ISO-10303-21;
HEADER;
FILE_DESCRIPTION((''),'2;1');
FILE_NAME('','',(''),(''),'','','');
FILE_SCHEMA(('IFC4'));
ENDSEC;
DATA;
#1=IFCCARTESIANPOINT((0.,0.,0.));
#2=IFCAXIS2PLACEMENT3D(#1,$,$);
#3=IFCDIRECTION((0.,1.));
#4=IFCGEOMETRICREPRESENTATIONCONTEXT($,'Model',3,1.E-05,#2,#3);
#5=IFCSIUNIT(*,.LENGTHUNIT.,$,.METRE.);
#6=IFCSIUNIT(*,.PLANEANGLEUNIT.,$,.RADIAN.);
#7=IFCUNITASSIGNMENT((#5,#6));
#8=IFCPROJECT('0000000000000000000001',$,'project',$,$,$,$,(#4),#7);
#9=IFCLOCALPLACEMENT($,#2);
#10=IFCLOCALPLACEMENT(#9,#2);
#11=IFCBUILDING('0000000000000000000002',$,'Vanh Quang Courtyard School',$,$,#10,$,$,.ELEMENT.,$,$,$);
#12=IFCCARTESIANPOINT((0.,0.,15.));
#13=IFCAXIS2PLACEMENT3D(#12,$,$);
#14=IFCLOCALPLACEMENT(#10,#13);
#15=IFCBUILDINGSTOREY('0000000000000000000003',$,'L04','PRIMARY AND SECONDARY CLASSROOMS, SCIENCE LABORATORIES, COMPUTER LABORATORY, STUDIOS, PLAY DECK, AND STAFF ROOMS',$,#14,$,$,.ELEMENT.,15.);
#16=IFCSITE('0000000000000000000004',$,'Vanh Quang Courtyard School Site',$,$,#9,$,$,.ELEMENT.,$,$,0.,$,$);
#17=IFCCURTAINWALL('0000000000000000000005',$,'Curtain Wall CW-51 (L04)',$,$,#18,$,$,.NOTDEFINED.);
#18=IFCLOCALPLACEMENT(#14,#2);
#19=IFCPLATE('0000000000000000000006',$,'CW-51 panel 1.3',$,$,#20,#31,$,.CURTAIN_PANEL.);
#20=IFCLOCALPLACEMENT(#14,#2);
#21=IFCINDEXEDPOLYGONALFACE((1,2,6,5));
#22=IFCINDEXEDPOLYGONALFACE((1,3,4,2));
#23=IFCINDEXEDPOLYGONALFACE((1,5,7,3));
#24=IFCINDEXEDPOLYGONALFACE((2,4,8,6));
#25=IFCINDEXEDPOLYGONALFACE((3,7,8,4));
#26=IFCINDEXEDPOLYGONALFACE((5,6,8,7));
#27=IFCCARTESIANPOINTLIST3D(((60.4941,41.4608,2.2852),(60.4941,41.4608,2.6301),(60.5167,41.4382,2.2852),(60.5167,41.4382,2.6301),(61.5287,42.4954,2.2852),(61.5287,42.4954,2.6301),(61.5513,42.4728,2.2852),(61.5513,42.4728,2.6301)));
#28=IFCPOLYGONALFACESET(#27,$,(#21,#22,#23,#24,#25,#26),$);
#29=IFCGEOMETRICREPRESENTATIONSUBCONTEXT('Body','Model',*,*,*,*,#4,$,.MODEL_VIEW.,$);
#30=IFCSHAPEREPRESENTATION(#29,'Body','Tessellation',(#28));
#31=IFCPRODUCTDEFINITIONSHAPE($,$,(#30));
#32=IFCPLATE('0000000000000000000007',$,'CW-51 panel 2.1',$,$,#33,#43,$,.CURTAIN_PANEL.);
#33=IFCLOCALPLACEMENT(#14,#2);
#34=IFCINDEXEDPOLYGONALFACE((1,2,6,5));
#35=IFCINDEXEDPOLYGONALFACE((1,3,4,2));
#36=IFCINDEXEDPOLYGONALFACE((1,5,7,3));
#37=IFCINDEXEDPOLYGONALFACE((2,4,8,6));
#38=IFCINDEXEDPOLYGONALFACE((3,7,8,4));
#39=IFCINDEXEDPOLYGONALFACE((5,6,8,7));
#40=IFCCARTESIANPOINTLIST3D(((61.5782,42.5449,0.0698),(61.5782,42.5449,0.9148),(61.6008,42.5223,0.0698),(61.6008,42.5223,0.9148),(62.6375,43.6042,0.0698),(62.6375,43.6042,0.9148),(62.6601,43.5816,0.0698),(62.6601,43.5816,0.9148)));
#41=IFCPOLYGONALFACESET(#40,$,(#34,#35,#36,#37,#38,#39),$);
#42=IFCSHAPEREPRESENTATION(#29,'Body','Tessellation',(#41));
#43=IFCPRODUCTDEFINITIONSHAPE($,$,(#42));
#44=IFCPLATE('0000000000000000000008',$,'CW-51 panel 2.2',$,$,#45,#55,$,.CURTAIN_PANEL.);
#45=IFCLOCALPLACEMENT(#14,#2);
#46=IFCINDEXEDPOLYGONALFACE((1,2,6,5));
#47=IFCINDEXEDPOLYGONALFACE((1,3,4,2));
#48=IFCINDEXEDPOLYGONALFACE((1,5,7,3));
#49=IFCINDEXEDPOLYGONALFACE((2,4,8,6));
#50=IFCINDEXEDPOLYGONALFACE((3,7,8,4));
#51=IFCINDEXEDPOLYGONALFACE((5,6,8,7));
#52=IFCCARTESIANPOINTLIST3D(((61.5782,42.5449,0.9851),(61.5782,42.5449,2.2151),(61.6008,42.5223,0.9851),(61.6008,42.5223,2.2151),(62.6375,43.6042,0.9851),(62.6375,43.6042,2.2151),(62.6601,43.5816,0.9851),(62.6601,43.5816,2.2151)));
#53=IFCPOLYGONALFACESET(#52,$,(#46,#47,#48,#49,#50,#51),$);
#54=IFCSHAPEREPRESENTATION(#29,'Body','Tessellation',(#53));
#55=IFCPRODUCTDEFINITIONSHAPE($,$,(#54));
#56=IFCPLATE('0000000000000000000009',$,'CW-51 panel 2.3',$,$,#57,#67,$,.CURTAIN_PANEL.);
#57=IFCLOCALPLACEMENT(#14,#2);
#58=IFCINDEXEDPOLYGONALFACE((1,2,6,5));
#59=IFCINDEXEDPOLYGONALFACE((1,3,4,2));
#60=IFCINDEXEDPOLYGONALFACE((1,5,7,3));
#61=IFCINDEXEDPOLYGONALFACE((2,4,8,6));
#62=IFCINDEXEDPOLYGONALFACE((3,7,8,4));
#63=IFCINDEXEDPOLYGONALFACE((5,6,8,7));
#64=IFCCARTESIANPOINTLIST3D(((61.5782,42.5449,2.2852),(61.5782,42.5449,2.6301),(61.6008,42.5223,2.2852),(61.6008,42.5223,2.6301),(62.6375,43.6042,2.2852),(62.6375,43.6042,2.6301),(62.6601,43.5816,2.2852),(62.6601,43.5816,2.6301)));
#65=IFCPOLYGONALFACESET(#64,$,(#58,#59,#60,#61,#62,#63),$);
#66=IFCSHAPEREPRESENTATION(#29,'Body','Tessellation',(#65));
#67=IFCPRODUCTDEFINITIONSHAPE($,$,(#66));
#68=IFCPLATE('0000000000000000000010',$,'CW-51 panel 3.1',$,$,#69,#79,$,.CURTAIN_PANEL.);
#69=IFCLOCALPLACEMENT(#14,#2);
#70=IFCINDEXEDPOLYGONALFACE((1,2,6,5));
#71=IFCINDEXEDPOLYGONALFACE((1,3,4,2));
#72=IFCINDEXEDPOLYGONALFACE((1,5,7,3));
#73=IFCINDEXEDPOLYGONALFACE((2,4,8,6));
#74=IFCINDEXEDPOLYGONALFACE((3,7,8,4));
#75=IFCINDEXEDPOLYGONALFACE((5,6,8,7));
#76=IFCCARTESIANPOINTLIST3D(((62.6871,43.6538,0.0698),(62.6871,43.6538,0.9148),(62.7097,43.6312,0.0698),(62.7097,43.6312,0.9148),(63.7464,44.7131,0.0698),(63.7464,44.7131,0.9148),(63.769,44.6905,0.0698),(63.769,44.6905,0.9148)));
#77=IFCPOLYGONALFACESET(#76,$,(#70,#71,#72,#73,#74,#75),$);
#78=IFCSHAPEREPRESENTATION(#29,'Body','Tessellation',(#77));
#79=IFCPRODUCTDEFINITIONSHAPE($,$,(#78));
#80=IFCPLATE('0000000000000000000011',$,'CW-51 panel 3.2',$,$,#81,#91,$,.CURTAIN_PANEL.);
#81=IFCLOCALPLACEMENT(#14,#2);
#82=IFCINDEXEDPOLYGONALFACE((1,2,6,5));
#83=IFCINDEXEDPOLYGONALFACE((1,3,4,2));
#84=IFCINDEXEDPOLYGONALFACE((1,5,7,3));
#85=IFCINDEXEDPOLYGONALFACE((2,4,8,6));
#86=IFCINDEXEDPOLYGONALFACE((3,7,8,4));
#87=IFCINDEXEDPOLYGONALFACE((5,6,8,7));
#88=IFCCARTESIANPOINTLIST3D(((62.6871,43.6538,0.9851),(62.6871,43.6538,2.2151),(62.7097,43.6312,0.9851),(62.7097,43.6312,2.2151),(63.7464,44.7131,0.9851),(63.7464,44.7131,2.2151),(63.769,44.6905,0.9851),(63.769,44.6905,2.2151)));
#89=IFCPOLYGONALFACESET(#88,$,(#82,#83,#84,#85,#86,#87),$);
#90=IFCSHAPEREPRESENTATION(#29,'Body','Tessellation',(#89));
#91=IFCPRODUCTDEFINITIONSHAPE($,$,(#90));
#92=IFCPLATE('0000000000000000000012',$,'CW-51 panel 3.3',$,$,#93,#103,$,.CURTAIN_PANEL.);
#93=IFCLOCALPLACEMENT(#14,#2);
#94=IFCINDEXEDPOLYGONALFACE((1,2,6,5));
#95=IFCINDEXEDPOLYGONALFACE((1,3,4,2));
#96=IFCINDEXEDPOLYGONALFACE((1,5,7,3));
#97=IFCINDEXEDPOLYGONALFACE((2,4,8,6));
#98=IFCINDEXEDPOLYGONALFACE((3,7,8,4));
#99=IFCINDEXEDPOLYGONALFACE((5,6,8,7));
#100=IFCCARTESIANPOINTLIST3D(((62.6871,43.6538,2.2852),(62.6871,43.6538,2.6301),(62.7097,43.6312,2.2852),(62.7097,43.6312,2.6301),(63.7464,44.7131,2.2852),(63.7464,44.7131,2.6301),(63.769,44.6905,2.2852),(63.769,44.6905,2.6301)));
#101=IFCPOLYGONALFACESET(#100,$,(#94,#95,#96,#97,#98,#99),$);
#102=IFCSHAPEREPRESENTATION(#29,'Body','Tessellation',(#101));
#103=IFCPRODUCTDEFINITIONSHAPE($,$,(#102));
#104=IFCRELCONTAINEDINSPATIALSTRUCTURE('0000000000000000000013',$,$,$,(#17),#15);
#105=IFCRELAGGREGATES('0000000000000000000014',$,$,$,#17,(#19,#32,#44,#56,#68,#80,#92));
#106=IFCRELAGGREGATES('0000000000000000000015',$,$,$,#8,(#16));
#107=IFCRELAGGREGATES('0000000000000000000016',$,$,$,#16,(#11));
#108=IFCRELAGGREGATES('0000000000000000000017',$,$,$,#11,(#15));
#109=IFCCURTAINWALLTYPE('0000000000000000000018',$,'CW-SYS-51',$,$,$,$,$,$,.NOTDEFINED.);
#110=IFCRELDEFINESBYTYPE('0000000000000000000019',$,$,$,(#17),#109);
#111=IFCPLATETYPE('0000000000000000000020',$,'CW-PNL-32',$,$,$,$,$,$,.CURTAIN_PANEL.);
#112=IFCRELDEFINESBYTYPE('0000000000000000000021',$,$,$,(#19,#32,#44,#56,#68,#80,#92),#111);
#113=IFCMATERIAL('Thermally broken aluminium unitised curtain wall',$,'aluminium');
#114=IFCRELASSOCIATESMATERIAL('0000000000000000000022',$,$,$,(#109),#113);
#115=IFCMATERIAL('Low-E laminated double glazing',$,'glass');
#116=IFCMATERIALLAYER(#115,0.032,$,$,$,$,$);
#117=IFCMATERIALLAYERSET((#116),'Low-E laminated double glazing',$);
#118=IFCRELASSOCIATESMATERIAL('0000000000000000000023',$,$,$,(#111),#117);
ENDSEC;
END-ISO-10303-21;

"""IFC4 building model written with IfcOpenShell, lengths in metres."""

from ifc_helpers import new_model, si_unit, direction, frame, origin, origin_2d, place, context, subcontext, project, spatial, rectangle, extrude, material, layer, layer_set, type_object, element, aggregate, save


model = new_model("IFC4")

# Units and contexts
model_context = context("Model", 3, precision=1e-05, world=origin(), true_north=direction((0.0, 1.0)))
body_context = subcontext(model_context, "Body", "Model", "MODEL_VIEW")
ifc_project = project(units=[si_unit("LENGTHUNIT", "METRE"), si_unit("PLANEANGLEUNIT", "RADIAN")], contexts=[model_context])

# Site, building, storey
site_placement = place(None, origin())
site = spatial("IfcSite", under=ifc_project, at=site_placement, Name="Vanh Quang Courtyard School Site", CompositionType="ELEMENT", RefElevation=0.0)
building_placement = place(site_placement, origin())
building = spatial("IfcBuilding", under=site, at=building_placement, Name="Vanh Quang Courtyard School", CompositionType="ELEMENT")
storey_placement = place(building_placement, frame((0.0, 0.0, 15.0)))
storey = spatial("IfcBuildingStorey", under=building, at=storey_placement, Name="L04", Description="PRIMARY AND SECONDARY CLASSROOMS, SCIENCE LABORATORIES, COMPUTER LABORATORY, STUDIOS, PLAY DECK, AND STAFF ROOMS", CompositionType="ELEMENT", Elevation=15.0)

# Curtain wall, plates
ifc_material_1 = material(Name="Thermally broken aluminium unitised curtain wall", Category="aluminium")
curtain_wall_type = type_object("IfcCurtainWallType", Name="CW-SYS-51", PredefinedType="NOTDEFINED", material=ifc_material_1)
curtain_wall_placement = place(storey_placement, origin())
curtain_wall = element("IfcCurtainWall", 1, at=curtain_wall_placement, inside=storey, type_object=curtain_wall_type, Name="Curtain Wall CW-51 (L04)", PredefinedType="NOTDEFINED")
ifc_material_2 = material(Name="Low-E laminated double glazing", Category="glass")
ifc_layer = layer(ifc_material_2, 0.032)
ifc_layer_set = layer_set([ifc_layer], Name="Low-E laminated double glazing")
plate_type = type_object("IfcPlateType", Name="CW-PNL-32", PredefinedType="CURTAIN_PANEL", material=ifc_layer_set)
plate_1_placement = place(storey_placement, frame((61.0227, 41.9668, 2.2852), z_axis=(0.0, 0.0, 1.0), x_axis=(0.707107, 0.707107, 0.0)))
plate_1 = element("IfcPlate", 2, at=plate_1_placement, type_object=plate_type, Name="CW-51 panel 1.3", PredefinedType="CURTAIN_PANEL", context=body_context, shape_type="SweptSolid", body=[
    extrude(rectangle(XDim=1.4631, YDim=0.032, at=origin_2d()), origin(), (0.0, 0.0, 1.0), 0.345),
])
plate_2_placement = place(storey_placement, frame((62.1191, 43.0632, 0.0698), z_axis=(0.0, 0.0, 1.0), x_axis=(0.707107, 0.707107, 0.0)))
plate_2 = element("IfcPlate", 3, at=plate_2_placement, type_object=plate_type, Name="CW-51 panel 2.1", PredefinedType="CURTAIN_PANEL", context=body_context, shape_type="SweptSolid", body=[
    extrude(rectangle(XDim=1.498, YDim=0.032, at=origin_2d()), origin(), (0.0, 0.0, 1.0), 0.845),
])
plate_3_placement = place(storey_placement, frame((62.1191, 43.0632, 0.9851), z_axis=(0.0, 0.0, 1.0), x_axis=(0.707107, 0.707107, 0.0)))
plate_3 = element("IfcPlate", 4, at=plate_3_placement, type_object=plate_type, Name="CW-51 panel 2.2", PredefinedType="CURTAIN_PANEL", context=body_context, shape_type="SweptSolid", body=[
    extrude(rectangle(XDim=1.498, YDim=0.032, at=origin_2d()), origin(), (0.0, 0.0, 1.0), 1.23),
])
plate_4_placement = place(storey_placement, frame((62.1191, 43.0632, 2.2852), z_axis=(0.0, 0.0, 1.0), x_axis=(0.707107, 0.707107, 0.0)))
plate_4 = element("IfcPlate", 5, at=plate_4_placement, type_object=plate_type, Name="CW-51 panel 2.3", PredefinedType="CURTAIN_PANEL", context=body_context, shape_type="SweptSolid", body=[
    extrude(rectangle(XDim=1.498, YDim=0.032, at=origin_2d()), origin(), (0.0, 0.0, 1.0), 0.345),
])
plate_5_placement = place(storey_placement, frame((63.228, 44.1721, 0.0698), z_axis=(0.0, 0.0, 1.0), x_axis=(0.707107, 0.707107, 0.0)))
plate_5 = element("IfcPlate", 6, at=plate_5_placement, type_object=plate_type, Name="CW-51 panel 3.1", PredefinedType="CURTAIN_PANEL", context=body_context, shape_type="SweptSolid", body=[
    extrude(rectangle(XDim=1.498, YDim=0.032, at=origin_2d()), origin(), (0.0, 0.0, 1.0), 0.845),
])
plate_6_placement = place(storey_placement, frame((63.228, 44.1721, 0.9851), z_axis=(0.0, 0.0, 1.0), x_axis=(0.707107, 0.707107, 0.0)))
plate_6 = element("IfcPlate", 7, at=plate_6_placement, type_object=plate_type, Name="CW-51 panel 3.2", PredefinedType="CURTAIN_PANEL", context=body_context, shape_type="SweptSolid", body=[
    extrude(rectangle(XDim=1.498, YDim=0.032, at=origin_2d()), origin(), (0.0, 0.0, 1.0), 1.23),
])
plate_7_placement = place(storey_placement, frame((63.228, 44.1721, 2.2852), z_axis=(0.0, 0.0, 1.0), x_axis=(0.707107, 0.707107, 0.0)))
plate_7 = element("IfcPlate", 8, at=plate_7_placement, type_object=plate_type, Name="CW-51 panel 3.3", PredefinedType="CURTAIN_PANEL", context=body_context, shape_type="SweptSolid", body=[
    extrude(rectangle(XDim=1.498, YDim=0.032, at=origin_2d()), origin(), (0.0, 0.0, 1.0), 0.345),
])
aggregate(curtain_wall, [plate_1, plate_2, plate_3, plate_4, plate_5, plate_6, plate_7])

save(model, "model.ifc")
